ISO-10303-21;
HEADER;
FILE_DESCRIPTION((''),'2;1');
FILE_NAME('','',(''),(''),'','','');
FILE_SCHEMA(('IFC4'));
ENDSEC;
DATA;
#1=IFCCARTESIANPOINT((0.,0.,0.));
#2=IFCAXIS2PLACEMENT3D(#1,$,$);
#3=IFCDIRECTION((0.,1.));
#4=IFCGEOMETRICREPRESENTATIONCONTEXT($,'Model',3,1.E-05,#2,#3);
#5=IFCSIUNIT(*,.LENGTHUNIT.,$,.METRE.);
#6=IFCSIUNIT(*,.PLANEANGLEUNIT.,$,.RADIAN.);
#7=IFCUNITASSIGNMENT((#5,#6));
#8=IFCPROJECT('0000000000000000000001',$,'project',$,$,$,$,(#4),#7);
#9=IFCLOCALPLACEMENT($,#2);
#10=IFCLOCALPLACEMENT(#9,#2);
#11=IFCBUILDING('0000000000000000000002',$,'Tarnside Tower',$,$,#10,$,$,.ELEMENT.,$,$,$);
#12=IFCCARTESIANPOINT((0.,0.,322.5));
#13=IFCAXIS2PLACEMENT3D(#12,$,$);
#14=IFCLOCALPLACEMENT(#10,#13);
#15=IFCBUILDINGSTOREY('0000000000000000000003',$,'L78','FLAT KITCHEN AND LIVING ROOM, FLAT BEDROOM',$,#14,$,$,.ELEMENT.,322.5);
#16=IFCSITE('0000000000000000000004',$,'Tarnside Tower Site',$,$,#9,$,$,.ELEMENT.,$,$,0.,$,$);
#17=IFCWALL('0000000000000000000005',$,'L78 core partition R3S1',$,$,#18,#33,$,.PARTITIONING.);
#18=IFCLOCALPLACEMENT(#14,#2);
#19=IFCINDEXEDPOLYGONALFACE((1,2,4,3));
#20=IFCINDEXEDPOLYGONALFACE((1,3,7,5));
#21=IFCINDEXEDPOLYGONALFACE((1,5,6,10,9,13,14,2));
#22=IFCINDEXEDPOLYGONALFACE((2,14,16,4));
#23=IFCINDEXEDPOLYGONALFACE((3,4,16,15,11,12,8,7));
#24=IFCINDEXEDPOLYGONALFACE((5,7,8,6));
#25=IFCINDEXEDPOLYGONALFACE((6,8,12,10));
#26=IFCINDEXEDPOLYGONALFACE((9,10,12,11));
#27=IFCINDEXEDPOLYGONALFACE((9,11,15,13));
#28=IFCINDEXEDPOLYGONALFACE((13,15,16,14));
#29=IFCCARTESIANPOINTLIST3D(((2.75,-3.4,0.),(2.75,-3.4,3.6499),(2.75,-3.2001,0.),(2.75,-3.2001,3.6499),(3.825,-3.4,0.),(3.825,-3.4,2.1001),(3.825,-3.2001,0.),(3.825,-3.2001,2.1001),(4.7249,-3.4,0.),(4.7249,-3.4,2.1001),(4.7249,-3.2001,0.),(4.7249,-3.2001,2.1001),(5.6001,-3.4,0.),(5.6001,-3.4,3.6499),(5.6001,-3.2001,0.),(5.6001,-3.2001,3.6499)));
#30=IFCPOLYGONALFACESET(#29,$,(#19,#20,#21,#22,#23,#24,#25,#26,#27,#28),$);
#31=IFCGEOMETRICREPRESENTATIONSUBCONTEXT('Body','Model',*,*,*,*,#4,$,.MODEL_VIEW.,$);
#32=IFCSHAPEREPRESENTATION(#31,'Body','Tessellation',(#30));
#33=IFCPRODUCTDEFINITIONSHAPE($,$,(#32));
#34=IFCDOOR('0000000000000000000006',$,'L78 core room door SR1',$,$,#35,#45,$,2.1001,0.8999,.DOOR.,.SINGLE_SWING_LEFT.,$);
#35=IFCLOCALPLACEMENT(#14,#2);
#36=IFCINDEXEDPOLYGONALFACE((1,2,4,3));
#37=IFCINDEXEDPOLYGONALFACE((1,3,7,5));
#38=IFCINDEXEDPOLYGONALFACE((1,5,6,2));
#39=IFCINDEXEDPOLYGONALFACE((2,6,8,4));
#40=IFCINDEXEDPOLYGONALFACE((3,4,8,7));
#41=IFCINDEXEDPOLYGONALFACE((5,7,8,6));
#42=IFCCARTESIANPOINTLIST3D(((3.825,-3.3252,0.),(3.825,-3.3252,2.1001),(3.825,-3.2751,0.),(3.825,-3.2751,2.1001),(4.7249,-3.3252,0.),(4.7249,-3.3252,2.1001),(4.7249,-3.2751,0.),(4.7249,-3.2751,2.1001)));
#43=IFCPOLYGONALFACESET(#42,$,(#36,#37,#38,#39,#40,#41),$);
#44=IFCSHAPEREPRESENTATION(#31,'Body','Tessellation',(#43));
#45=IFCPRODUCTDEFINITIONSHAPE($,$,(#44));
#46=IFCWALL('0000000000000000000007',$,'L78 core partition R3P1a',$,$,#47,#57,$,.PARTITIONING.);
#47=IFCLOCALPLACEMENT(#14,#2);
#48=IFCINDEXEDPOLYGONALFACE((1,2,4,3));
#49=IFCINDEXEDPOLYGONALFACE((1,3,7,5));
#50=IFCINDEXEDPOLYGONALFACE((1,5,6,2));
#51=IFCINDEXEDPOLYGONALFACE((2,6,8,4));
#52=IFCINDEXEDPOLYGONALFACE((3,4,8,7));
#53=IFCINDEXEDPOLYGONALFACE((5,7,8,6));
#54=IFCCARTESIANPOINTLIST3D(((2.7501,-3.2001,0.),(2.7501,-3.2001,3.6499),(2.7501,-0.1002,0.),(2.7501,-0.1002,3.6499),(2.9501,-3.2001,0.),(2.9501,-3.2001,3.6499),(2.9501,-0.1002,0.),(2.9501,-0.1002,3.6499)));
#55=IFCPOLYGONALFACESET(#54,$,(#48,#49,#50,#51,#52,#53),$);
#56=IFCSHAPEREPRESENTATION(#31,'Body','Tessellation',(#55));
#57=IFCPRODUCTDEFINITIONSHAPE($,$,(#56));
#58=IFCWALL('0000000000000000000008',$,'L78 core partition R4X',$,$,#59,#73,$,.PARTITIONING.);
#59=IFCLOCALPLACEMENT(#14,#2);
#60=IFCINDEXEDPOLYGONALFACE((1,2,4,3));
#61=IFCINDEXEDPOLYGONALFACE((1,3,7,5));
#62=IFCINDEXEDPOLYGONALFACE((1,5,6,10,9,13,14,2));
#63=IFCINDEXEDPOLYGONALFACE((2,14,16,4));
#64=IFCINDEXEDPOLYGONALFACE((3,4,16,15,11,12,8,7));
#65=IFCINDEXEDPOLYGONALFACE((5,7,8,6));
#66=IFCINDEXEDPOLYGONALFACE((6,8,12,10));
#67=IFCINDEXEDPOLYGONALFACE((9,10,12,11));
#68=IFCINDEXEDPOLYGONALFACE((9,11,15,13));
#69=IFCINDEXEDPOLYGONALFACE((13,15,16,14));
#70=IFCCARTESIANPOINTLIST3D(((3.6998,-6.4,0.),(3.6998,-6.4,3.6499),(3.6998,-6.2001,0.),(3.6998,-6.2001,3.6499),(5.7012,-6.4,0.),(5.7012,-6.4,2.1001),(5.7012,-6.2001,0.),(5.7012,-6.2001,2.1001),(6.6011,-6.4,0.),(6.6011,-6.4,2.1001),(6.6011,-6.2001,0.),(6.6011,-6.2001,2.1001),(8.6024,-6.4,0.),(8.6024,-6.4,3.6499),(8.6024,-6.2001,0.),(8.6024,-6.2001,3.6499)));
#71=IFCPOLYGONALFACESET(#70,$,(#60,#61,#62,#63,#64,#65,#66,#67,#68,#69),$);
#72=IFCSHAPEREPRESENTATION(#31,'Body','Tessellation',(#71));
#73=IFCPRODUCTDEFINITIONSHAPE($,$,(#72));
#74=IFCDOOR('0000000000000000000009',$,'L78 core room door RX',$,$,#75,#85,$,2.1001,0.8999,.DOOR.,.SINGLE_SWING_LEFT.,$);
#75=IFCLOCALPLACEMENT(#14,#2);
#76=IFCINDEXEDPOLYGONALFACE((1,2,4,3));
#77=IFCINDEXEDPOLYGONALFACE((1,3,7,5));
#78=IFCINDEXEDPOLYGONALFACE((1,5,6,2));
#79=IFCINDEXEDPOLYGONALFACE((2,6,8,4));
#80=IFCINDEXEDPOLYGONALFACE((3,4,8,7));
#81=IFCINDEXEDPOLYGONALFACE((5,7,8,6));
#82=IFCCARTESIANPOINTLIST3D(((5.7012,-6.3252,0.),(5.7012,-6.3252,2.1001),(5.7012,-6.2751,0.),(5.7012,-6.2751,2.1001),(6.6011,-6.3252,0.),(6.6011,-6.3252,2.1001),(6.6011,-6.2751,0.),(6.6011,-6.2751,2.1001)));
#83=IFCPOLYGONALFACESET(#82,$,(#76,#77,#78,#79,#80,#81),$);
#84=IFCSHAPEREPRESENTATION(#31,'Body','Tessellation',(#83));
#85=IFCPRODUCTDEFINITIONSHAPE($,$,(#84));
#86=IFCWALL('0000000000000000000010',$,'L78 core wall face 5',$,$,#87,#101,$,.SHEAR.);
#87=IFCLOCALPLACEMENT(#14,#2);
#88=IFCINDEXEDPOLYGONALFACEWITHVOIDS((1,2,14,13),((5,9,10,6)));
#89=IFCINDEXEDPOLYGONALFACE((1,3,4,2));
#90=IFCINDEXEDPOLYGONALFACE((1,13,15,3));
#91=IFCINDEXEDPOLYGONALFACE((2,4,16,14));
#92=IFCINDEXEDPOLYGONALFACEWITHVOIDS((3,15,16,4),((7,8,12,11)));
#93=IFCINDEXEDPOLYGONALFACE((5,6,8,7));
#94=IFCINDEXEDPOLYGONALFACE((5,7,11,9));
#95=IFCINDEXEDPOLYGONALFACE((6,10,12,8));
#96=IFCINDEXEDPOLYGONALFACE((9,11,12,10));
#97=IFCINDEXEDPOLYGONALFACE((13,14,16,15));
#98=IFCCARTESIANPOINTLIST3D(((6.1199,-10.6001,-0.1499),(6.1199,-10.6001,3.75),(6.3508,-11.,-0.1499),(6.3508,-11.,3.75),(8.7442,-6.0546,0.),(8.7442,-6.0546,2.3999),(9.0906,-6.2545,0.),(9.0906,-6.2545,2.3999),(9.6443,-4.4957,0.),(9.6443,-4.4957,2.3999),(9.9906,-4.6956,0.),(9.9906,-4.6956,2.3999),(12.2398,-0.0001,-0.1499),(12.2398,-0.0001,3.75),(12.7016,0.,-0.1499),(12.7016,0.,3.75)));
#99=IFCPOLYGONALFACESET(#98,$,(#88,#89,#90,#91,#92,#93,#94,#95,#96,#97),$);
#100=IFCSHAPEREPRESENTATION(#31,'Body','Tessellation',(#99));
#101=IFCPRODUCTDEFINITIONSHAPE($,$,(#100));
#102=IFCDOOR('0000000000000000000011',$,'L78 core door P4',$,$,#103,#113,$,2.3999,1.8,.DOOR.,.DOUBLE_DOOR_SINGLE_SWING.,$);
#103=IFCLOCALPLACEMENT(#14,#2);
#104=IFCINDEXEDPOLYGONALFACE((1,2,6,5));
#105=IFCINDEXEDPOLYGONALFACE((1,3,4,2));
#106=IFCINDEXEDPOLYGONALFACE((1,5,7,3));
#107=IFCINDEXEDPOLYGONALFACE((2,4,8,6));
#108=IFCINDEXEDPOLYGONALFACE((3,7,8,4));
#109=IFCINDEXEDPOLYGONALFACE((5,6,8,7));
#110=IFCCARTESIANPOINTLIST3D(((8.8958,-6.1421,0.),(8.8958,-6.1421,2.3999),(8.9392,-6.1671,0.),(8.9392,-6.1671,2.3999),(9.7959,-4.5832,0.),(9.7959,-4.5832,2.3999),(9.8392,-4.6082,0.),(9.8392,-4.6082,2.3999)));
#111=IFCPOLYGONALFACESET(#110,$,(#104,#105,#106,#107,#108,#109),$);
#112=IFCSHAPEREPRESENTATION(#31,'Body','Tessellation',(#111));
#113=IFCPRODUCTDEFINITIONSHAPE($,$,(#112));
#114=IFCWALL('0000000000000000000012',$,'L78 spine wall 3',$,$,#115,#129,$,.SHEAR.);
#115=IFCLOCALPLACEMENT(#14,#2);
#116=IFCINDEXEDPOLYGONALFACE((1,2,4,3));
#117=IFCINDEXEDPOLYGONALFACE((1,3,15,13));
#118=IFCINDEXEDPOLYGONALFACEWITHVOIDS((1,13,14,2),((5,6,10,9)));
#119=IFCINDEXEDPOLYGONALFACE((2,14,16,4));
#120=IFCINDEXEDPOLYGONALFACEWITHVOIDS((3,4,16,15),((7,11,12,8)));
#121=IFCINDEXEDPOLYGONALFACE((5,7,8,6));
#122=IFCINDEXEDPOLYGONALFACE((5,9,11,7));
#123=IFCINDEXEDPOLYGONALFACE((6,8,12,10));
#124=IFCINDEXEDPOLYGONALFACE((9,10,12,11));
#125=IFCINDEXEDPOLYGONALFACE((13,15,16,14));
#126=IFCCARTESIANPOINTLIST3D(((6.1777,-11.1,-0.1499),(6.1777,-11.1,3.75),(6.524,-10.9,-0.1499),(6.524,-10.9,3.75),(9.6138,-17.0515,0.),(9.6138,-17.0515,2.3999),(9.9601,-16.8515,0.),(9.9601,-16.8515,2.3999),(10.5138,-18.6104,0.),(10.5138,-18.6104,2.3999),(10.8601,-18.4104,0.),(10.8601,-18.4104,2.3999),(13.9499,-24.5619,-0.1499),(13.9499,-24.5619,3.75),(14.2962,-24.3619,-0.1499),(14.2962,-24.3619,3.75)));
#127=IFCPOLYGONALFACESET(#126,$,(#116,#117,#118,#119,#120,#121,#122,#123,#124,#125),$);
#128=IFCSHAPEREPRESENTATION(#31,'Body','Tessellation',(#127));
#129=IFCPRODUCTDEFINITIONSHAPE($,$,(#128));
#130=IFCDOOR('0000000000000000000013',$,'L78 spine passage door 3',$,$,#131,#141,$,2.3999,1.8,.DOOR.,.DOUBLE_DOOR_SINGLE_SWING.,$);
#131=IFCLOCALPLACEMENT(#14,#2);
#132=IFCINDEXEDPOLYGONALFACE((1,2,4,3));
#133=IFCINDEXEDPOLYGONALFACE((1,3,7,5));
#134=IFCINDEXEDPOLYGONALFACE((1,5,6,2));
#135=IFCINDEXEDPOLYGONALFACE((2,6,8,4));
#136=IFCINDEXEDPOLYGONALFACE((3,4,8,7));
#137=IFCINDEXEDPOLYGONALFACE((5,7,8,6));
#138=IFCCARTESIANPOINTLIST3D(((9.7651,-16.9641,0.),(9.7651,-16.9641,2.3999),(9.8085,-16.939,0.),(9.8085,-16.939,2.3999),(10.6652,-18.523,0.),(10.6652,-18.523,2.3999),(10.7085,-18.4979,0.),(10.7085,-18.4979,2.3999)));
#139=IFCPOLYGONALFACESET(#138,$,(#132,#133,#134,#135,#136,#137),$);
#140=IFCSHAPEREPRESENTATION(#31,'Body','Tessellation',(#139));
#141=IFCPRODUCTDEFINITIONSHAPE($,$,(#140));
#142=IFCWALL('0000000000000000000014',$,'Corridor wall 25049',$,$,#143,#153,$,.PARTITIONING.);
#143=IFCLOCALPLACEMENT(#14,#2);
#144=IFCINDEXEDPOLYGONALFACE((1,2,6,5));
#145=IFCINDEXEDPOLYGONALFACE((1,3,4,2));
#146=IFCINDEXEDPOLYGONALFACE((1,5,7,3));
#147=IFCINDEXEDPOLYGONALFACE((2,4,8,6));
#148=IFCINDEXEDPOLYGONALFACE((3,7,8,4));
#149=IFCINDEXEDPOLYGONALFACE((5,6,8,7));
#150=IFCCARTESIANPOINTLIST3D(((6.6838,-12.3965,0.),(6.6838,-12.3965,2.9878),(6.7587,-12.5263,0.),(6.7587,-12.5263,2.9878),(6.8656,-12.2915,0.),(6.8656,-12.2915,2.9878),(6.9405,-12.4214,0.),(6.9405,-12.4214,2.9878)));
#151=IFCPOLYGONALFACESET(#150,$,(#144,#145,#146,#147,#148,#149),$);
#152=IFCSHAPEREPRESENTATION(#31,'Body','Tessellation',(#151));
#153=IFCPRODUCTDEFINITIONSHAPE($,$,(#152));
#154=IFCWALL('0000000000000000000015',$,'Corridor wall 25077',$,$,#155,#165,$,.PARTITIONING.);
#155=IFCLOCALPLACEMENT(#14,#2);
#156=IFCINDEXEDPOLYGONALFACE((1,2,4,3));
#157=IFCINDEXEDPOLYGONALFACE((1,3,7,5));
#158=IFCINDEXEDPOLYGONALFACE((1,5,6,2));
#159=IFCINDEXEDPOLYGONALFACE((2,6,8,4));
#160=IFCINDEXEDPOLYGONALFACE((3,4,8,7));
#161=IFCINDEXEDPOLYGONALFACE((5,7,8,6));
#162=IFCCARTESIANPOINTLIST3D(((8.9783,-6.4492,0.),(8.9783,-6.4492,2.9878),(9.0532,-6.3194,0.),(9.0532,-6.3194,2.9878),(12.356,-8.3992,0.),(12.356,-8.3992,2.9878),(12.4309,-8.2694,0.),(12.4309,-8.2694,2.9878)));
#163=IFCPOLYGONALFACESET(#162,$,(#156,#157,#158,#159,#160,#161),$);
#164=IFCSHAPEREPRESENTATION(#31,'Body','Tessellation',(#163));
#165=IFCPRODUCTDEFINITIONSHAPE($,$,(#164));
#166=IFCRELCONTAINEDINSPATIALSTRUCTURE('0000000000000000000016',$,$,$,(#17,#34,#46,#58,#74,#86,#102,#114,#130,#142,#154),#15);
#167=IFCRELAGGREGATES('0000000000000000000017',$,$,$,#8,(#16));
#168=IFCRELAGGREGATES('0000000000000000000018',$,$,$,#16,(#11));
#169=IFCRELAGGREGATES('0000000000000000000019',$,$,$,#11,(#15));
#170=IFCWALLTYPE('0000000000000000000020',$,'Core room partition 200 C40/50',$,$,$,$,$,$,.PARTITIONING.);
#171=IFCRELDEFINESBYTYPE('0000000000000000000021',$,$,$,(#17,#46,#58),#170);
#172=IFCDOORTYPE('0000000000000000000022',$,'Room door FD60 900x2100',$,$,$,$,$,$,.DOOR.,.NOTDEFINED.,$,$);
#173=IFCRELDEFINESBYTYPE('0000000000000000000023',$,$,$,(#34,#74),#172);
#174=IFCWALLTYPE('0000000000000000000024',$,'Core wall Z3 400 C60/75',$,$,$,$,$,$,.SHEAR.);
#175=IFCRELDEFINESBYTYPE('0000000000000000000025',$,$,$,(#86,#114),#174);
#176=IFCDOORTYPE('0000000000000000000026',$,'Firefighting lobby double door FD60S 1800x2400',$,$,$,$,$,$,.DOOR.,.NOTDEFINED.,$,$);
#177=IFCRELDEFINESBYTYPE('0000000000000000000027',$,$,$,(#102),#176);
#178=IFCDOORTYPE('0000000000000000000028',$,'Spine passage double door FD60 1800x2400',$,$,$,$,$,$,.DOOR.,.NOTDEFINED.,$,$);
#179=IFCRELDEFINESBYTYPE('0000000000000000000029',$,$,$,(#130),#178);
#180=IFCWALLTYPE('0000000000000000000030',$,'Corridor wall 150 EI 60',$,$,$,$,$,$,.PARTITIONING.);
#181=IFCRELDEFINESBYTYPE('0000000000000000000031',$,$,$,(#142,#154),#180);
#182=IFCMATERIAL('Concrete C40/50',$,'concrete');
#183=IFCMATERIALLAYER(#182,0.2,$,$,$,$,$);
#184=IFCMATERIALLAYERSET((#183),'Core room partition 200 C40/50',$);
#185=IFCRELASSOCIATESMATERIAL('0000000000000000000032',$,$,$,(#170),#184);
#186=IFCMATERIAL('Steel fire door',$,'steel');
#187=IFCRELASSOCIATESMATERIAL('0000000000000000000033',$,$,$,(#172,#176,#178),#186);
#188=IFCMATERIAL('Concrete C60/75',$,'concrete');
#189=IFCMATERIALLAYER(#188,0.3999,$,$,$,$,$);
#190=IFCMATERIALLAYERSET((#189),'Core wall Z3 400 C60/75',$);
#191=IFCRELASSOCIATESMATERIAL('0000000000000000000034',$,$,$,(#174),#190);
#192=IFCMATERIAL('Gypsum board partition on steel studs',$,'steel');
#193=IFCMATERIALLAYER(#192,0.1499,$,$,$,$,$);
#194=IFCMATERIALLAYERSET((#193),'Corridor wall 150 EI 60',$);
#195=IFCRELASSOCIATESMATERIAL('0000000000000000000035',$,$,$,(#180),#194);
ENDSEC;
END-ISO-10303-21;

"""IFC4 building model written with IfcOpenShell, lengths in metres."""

from ifc_helpers import new_model, si_unit, direction, frame, frame_2d, origin, place, context, subcontext, project, spatial, polyline, rectangle, outline, extrude, material, layer, layer_set, type_object, element, fill, save


model = new_model("IFC4")

# Units and contexts
model_context = context("Model", 3, precision=1e-05, world=origin(), true_north=direction((0.0, 1.0)))
body_context = subcontext(model_context, "Body", "Model", "MODEL_VIEW")
ifc_project = project(units=[si_unit("LENGTHUNIT", "METRE"), si_unit("PLANEANGLEUNIT", "RADIAN")], contexts=[model_context])

# Site, building, storey
site_placement = place(None, origin())
site = spatial("IfcSite", under=ifc_project, at=site_placement, Name="Tarnside Tower Site", CompositionType="ELEMENT", RefElevation=0.0)
building_placement = place(site_placement, origin())
building = spatial("IfcBuilding", under=site, at=building_placement, Name="Tarnside Tower", CompositionType="ELEMENT")
storey_placement = place(building_placement, frame((0.0, 0.0, 322.5)))
storey = spatial("IfcBuildingStorey", under=building, at=storey_placement, Name="L78", Description="FLAT KITCHEN AND LIVING ROOM, FLAT BEDROOM", CompositionType="ELEMENT", Elevation=322.5)

# Wall, opening, door
ifc_material_1 = material(Name="Concrete C40/50", Category="concrete")
ifc_layer_1 = layer(ifc_material_1, 0.2)
ifc_layer_set_1 = layer_set([ifc_layer_1], Name="Core room partition 200 C40/50")
wall_type_1 = type_object("IfcWallType", Name="Core room partition 200 C40/50", PredefinedType="PARTITIONING", material=ifc_layer_set_1)
wall_1_placement = place(storey_placement, frame((2.75, -3.3, 0.0), z_axis=(0.0, 0.0, 1.0), x_axis=(1.0, 0.0, 0.0)))
wall_1 = element("IfcWall", 1, at=wall_1_placement, inside=storey, type_object=wall_type_1, Name="L78 core partition R3S1", PredefinedType="PARTITIONING", context=body_context, shape_type="SweptSolid", body=[
    extrude(rectangle(XDim=2.8501, YDim=0.2, at=frame_2d((1.425, 0.0))), origin(), (0.0, 0.0, 1.0), 3.6499),
])
opening_1_placement = place(wall_1_placement, frame((1.075, 0.0, 0.0)))
opening_1 = element("IfcOpeningElement", 2, at=opening_1_placement, cuts=wall_1, PredefinedType="OPENING", context=body_context, shape_type="SweptSolid", body=[
    extrude(rectangle(XDim=0.8999, YDim=2.1001, at=frame_2d((0.45, 1.05))), frame((0.0, 0.1099, 0.0), z_axis=(0.0, -1.0, 0.0), x_axis=(1.0, 0.0, 0.0)), (0.0, 0.0, 1.0), 0.22),
])
ifc_material_2 = material(Name="Steel fire door", Category="steel")
door_type_1 = type_object("IfcDoorType", Name="Room door FD60 900x2100", OperationType="NOTDEFINED", PredefinedType="DOOR", material=ifc_material_2)
door_1_placement = place(opening_1_placement, origin())
door_1 = element("IfcDoor", 3, at=door_1_placement, inside=storey, type_object=door_type_1, Name="L78 core room door SR1", OperationType="SINGLE_SWING_LEFT", OverallHeight=2.1001, OverallWidth=0.8999, PredefinedType="DOOR", context=body_context, shape_type="SweptSolid", body=[
    extrude(rectangle(XDim=0.8999, YDim=2.1001, at=frame_2d((0.45, 1.05))), frame((0.0, 0.0249, 0.0), z_axis=(0.0, -1.0, 0.0), x_axis=(1.0, 0.0, 0.0)), (0.0, 0.0, 1.0), 0.05),
])
fill(opening_1, door_1)

# Wall
wall_2_placement = place(storey_placement, frame((2.8501, -3.2, 0.0), z_axis=(0.0, 0.0, 1.0), x_axis=(0.0, 1.0, 0.0)))
element("IfcWall", 4, at=wall_2_placement, inside=storey, type_object=wall_type_1, Name="L78 core partition R3P1a", PredefinedType="PARTITIONING", context=body_context, shape_type="SweptSolid", body=[
    extrude(rectangle(XDim=3.0999, YDim=0.2, at=frame_2d((1.5498, 0.0))), origin(), (0.0, 0.0, 1.0), 3.6499),
])

# Walls, openings, doors
wall_3_placement = place(storey_placement, frame((3.7, -6.3, 0.0), z_axis=(0.0, 0.0, 1.0), x_axis=(1.0, 0.0, 0.0)))
wall_3 = element("IfcWall", 5, at=wall_3_placement, inside=storey, type_object=wall_type_1, Name="L78 core partition R4X", PredefinedType="PARTITIONING", context=body_context, shape_type="SweptSolid", body=[
    extrude(rectangle(XDim=4.9026, YDim=0.2, at=frame_2d((2.4512, 0.0))), origin(), (0.0, 0.0, 1.0), 3.6499),
])
opening_2_placement = place(wall_3_placement, frame((2.0012, 0.0, 0.0)))
opening_2 = element("IfcOpeningElement", 6, at=opening_2_placement, cuts=wall_3, PredefinedType="OPENING", context=body_context, shape_type="SweptSolid", body=[
    extrude(rectangle(XDim=0.8999, YDim=2.1001, at=frame_2d((0.45, 1.05))), frame((0.0, 0.1099, 0.0), z_axis=(0.0, -1.0, 0.0), x_axis=(1.0, 0.0, 0.0)), (0.0, 0.0, 1.0), 0.22),
])
door_2_placement = place(opening_2_placement, origin())
door_2 = element("IfcDoor", 7, at=door_2_placement, inside=storey, type_object=door_type_1, Name="L78 core room door RX", OperationType="SINGLE_SWING_LEFT", OverallHeight=2.1001, OverallWidth=0.8999, PredefinedType="DOOR", context=body_context, shape_type="SweptSolid", body=[
    extrude(rectangle(XDim=0.8999, YDim=2.1001, at=frame_2d((0.45, 1.05))), frame((0.0, 0.0249, 0.0), z_axis=(0.0, -1.0, 0.0), x_axis=(1.0, 0.0, 0.0)), (0.0, 0.0, 1.0), 0.05),
])
fill(opening_2, door_2)
ifc_material_3 = material(Name="Concrete C60/75", Category="concrete")
ifc_layer_2 = layer(ifc_material_3, 0.3999)
ifc_layer_set_2 = layer_set([ifc_layer_2], Name="Core wall Z3 400 C60/75")
wall_type_2 = type_object("IfcWallType", Name="Core wall Z3 400 C60/75", PredefinedType="SHEAR", material=ifc_layer_set_2)
wall_4_placement = place(storey_placement, frame((6.2354, -10.8, -0.1499), z_axis=(0.0, 0.0, 1.0), x_axis=(0.499996, 0.866027, 0.0)))
wall_4 = element("IfcWall", 8, at=wall_4_placement, inside=storey, type_object=wall_type_2, Name="L78 core wall face 5", PredefinedType="SHEAR", context=body_context, shape_type="SweptSolid", body=[
    extrude(outline(polyline([(-0.1155, -0.2), (12.5862, -0.2), (12.3552, 0.2), (0.1155, 0.2), (-0.1155, -0.2)])), origin(), (0.0, 0.0, 1.0), 3.8999),
])
opening_3_placement = place(wall_4_placement, frame((5.3643, 0.0, 0.1499)))
opening_3 = element("IfcOpeningElement", 9, at=opening_3_placement, cuts=wall_4, PredefinedType="OPENING", context=body_context, shape_type="SweptSolid", body=[
    extrude(rectangle(XDim=1.8, YDim=2.3999, at=frame_2d((0.8999, 1.2))), frame((0.0, 0.21, 0.0), z_axis=(0.0, -1.0, 0.0), x_axis=(1.0, 0.0, 0.0)), (0.0, 0.0, 1.0), 0.4199),
])
door_type_2 = type_object("IfcDoorType", Name="Firefighting lobby double door FD60S 1800x2400", OperationType="NOTDEFINED", PredefinedType="DOOR", material=ifc_material_2)
door_3_placement = place(opening_3_placement, origin())
door_3 = element("IfcDoor", 10, at=door_3_placement, inside=storey, type_object=door_type_2, Name="L78 core door P4", OperationType="DOUBLE_DOOR_SINGLE_SWING", OverallHeight=2.3999, OverallWidth=1.8, PredefinedType="DOOR", context=body_context, shape_type="SweptSolid", body=[
    extrude(rectangle(XDim=1.8, YDim=2.3999, at=frame_2d((0.8999, 1.2))), frame((0.0, 0.0249, 0.0), z_axis=(0.0, -1.0, 0.0), x_axis=(1.0, 0.0, 0.0)), (0.0, 0.0, 1.0), 0.05),
])
fill(opening_3, door_3)
wall_5_placement = place(storey_placement, frame((6.3508, -11.0, -0.1499), z_axis=(0.0, 0.0, 1.0), x_axis=(0.499999, -0.866026, 0.0)))
wall_5 = element("IfcWall", 11, at=wall_5_placement, inside=storey, type_object=wall_type_2, Name="L78 spine wall 3", PredefinedType="SHEAR", context=body_context, shape_type="SweptSolid", body=[
    extrude(rectangle(XDim=15.5444, YDim=0.3999, at=frame_2d((7.7722, 0.0))), origin(), (0.0, 0.0, 1.0), 3.8999),
])
opening_4_placement = place(wall_5_placement, frame((6.8723, 0.0, 0.1499)))
opening_4 = element("IfcOpeningElement", 12, at=opening_4_placement, cuts=wall_5, PredefinedType="OPENING", context=body_context, shape_type="SweptSolid", body=[
    extrude(rectangle(XDim=1.8, YDim=2.3999, at=frame_2d((0.8999, 1.2))), frame((0.0, 0.21, 0.0), z_axis=(0.0, -1.0, 0.0), x_axis=(1.0, 0.0, 0.0)), (0.0, 0.0, 1.0), 0.4199),
])
door_type_3 = type_object("IfcDoorType", Name="Spine passage double door FD60 1800x2400", OperationType="NOTDEFINED", PredefinedType="DOOR", material=ifc_material_2)
door_4_placement = place(opening_4_placement, origin())
door_4 = element("IfcDoor", 13, at=door_4_placement, inside=storey, type_object=door_type_3, Name="L78 spine passage door 3", OperationType="DOUBLE_DOOR_SINGLE_SWING", OverallHeight=2.3999, OverallWidth=1.8, PredefinedType="DOOR", context=body_context, shape_type="SweptSolid", body=[
    extrude(rectangle(XDim=1.8, YDim=2.3999, at=frame_2d((0.8999, 1.2))), frame((0.0, 0.0249, 0.0), z_axis=(0.0, -1.0, 0.0), x_axis=(1.0, 0.0, 0.0)), (0.0, 0.0, 1.0), 0.05),
])
fill(opening_4, door_4)

# Walls
ifc_material_4 = material(Name="Gypsum board partition on steel studs", Category="steel")
ifc_layer_3 = layer(ifc_material_4, 0.1499)
ifc_layer_set_3 = layer_set([ifc_layer_3], Name="Corridor wall 150 EI 60")
wall_type_3 = type_object("IfcWallType", Name="Corridor wall 150 EI 60", PredefinedType="PARTITIONING", material=ifc_layer_set_3)
wall_6_placement = place(storey_placement, frame((6.9031, -12.3564, 0.0), z_axis=(0.0, 0.0, 1.0), x_axis=(-0.866089, -0.49989, 0.0)))
element("IfcWall", 14, at=wall_6_placement, inside=storey, type_object=wall_type_3, Name="Corridor wall 25049", PredefinedType="PARTITIONING", context=body_context, shape_type="SweptSolid", body=[
    extrude(rectangle(XDim=0.21, YDim=0.1499, at=frame_2d((0.105, 0.0))), origin(), (0.0, 0.0, 1.0), 2.9878),
])
wall_7_placement = place(storey_placement, frame((9.0156, -6.3843, 0.0), z_axis=(0.0, 0.0, 1.0), x_axis=(0.866043, -0.49997, 0.0)))
element("IfcWall", 15, at=wall_7_placement, inside=storey, type_object=wall_type_3, Name="Corridor wall 25077", PredefinedType="PARTITIONING", context=body_context, shape_type="SweptSolid", body=[
    extrude(rectangle(XDim=3.9001, YDim=0.1499, at=frame_2d((1.9502, 0.0))), origin(), (0.0, 0.0, 1.0), 2.9878),
])

save(model, "model.ifc")
